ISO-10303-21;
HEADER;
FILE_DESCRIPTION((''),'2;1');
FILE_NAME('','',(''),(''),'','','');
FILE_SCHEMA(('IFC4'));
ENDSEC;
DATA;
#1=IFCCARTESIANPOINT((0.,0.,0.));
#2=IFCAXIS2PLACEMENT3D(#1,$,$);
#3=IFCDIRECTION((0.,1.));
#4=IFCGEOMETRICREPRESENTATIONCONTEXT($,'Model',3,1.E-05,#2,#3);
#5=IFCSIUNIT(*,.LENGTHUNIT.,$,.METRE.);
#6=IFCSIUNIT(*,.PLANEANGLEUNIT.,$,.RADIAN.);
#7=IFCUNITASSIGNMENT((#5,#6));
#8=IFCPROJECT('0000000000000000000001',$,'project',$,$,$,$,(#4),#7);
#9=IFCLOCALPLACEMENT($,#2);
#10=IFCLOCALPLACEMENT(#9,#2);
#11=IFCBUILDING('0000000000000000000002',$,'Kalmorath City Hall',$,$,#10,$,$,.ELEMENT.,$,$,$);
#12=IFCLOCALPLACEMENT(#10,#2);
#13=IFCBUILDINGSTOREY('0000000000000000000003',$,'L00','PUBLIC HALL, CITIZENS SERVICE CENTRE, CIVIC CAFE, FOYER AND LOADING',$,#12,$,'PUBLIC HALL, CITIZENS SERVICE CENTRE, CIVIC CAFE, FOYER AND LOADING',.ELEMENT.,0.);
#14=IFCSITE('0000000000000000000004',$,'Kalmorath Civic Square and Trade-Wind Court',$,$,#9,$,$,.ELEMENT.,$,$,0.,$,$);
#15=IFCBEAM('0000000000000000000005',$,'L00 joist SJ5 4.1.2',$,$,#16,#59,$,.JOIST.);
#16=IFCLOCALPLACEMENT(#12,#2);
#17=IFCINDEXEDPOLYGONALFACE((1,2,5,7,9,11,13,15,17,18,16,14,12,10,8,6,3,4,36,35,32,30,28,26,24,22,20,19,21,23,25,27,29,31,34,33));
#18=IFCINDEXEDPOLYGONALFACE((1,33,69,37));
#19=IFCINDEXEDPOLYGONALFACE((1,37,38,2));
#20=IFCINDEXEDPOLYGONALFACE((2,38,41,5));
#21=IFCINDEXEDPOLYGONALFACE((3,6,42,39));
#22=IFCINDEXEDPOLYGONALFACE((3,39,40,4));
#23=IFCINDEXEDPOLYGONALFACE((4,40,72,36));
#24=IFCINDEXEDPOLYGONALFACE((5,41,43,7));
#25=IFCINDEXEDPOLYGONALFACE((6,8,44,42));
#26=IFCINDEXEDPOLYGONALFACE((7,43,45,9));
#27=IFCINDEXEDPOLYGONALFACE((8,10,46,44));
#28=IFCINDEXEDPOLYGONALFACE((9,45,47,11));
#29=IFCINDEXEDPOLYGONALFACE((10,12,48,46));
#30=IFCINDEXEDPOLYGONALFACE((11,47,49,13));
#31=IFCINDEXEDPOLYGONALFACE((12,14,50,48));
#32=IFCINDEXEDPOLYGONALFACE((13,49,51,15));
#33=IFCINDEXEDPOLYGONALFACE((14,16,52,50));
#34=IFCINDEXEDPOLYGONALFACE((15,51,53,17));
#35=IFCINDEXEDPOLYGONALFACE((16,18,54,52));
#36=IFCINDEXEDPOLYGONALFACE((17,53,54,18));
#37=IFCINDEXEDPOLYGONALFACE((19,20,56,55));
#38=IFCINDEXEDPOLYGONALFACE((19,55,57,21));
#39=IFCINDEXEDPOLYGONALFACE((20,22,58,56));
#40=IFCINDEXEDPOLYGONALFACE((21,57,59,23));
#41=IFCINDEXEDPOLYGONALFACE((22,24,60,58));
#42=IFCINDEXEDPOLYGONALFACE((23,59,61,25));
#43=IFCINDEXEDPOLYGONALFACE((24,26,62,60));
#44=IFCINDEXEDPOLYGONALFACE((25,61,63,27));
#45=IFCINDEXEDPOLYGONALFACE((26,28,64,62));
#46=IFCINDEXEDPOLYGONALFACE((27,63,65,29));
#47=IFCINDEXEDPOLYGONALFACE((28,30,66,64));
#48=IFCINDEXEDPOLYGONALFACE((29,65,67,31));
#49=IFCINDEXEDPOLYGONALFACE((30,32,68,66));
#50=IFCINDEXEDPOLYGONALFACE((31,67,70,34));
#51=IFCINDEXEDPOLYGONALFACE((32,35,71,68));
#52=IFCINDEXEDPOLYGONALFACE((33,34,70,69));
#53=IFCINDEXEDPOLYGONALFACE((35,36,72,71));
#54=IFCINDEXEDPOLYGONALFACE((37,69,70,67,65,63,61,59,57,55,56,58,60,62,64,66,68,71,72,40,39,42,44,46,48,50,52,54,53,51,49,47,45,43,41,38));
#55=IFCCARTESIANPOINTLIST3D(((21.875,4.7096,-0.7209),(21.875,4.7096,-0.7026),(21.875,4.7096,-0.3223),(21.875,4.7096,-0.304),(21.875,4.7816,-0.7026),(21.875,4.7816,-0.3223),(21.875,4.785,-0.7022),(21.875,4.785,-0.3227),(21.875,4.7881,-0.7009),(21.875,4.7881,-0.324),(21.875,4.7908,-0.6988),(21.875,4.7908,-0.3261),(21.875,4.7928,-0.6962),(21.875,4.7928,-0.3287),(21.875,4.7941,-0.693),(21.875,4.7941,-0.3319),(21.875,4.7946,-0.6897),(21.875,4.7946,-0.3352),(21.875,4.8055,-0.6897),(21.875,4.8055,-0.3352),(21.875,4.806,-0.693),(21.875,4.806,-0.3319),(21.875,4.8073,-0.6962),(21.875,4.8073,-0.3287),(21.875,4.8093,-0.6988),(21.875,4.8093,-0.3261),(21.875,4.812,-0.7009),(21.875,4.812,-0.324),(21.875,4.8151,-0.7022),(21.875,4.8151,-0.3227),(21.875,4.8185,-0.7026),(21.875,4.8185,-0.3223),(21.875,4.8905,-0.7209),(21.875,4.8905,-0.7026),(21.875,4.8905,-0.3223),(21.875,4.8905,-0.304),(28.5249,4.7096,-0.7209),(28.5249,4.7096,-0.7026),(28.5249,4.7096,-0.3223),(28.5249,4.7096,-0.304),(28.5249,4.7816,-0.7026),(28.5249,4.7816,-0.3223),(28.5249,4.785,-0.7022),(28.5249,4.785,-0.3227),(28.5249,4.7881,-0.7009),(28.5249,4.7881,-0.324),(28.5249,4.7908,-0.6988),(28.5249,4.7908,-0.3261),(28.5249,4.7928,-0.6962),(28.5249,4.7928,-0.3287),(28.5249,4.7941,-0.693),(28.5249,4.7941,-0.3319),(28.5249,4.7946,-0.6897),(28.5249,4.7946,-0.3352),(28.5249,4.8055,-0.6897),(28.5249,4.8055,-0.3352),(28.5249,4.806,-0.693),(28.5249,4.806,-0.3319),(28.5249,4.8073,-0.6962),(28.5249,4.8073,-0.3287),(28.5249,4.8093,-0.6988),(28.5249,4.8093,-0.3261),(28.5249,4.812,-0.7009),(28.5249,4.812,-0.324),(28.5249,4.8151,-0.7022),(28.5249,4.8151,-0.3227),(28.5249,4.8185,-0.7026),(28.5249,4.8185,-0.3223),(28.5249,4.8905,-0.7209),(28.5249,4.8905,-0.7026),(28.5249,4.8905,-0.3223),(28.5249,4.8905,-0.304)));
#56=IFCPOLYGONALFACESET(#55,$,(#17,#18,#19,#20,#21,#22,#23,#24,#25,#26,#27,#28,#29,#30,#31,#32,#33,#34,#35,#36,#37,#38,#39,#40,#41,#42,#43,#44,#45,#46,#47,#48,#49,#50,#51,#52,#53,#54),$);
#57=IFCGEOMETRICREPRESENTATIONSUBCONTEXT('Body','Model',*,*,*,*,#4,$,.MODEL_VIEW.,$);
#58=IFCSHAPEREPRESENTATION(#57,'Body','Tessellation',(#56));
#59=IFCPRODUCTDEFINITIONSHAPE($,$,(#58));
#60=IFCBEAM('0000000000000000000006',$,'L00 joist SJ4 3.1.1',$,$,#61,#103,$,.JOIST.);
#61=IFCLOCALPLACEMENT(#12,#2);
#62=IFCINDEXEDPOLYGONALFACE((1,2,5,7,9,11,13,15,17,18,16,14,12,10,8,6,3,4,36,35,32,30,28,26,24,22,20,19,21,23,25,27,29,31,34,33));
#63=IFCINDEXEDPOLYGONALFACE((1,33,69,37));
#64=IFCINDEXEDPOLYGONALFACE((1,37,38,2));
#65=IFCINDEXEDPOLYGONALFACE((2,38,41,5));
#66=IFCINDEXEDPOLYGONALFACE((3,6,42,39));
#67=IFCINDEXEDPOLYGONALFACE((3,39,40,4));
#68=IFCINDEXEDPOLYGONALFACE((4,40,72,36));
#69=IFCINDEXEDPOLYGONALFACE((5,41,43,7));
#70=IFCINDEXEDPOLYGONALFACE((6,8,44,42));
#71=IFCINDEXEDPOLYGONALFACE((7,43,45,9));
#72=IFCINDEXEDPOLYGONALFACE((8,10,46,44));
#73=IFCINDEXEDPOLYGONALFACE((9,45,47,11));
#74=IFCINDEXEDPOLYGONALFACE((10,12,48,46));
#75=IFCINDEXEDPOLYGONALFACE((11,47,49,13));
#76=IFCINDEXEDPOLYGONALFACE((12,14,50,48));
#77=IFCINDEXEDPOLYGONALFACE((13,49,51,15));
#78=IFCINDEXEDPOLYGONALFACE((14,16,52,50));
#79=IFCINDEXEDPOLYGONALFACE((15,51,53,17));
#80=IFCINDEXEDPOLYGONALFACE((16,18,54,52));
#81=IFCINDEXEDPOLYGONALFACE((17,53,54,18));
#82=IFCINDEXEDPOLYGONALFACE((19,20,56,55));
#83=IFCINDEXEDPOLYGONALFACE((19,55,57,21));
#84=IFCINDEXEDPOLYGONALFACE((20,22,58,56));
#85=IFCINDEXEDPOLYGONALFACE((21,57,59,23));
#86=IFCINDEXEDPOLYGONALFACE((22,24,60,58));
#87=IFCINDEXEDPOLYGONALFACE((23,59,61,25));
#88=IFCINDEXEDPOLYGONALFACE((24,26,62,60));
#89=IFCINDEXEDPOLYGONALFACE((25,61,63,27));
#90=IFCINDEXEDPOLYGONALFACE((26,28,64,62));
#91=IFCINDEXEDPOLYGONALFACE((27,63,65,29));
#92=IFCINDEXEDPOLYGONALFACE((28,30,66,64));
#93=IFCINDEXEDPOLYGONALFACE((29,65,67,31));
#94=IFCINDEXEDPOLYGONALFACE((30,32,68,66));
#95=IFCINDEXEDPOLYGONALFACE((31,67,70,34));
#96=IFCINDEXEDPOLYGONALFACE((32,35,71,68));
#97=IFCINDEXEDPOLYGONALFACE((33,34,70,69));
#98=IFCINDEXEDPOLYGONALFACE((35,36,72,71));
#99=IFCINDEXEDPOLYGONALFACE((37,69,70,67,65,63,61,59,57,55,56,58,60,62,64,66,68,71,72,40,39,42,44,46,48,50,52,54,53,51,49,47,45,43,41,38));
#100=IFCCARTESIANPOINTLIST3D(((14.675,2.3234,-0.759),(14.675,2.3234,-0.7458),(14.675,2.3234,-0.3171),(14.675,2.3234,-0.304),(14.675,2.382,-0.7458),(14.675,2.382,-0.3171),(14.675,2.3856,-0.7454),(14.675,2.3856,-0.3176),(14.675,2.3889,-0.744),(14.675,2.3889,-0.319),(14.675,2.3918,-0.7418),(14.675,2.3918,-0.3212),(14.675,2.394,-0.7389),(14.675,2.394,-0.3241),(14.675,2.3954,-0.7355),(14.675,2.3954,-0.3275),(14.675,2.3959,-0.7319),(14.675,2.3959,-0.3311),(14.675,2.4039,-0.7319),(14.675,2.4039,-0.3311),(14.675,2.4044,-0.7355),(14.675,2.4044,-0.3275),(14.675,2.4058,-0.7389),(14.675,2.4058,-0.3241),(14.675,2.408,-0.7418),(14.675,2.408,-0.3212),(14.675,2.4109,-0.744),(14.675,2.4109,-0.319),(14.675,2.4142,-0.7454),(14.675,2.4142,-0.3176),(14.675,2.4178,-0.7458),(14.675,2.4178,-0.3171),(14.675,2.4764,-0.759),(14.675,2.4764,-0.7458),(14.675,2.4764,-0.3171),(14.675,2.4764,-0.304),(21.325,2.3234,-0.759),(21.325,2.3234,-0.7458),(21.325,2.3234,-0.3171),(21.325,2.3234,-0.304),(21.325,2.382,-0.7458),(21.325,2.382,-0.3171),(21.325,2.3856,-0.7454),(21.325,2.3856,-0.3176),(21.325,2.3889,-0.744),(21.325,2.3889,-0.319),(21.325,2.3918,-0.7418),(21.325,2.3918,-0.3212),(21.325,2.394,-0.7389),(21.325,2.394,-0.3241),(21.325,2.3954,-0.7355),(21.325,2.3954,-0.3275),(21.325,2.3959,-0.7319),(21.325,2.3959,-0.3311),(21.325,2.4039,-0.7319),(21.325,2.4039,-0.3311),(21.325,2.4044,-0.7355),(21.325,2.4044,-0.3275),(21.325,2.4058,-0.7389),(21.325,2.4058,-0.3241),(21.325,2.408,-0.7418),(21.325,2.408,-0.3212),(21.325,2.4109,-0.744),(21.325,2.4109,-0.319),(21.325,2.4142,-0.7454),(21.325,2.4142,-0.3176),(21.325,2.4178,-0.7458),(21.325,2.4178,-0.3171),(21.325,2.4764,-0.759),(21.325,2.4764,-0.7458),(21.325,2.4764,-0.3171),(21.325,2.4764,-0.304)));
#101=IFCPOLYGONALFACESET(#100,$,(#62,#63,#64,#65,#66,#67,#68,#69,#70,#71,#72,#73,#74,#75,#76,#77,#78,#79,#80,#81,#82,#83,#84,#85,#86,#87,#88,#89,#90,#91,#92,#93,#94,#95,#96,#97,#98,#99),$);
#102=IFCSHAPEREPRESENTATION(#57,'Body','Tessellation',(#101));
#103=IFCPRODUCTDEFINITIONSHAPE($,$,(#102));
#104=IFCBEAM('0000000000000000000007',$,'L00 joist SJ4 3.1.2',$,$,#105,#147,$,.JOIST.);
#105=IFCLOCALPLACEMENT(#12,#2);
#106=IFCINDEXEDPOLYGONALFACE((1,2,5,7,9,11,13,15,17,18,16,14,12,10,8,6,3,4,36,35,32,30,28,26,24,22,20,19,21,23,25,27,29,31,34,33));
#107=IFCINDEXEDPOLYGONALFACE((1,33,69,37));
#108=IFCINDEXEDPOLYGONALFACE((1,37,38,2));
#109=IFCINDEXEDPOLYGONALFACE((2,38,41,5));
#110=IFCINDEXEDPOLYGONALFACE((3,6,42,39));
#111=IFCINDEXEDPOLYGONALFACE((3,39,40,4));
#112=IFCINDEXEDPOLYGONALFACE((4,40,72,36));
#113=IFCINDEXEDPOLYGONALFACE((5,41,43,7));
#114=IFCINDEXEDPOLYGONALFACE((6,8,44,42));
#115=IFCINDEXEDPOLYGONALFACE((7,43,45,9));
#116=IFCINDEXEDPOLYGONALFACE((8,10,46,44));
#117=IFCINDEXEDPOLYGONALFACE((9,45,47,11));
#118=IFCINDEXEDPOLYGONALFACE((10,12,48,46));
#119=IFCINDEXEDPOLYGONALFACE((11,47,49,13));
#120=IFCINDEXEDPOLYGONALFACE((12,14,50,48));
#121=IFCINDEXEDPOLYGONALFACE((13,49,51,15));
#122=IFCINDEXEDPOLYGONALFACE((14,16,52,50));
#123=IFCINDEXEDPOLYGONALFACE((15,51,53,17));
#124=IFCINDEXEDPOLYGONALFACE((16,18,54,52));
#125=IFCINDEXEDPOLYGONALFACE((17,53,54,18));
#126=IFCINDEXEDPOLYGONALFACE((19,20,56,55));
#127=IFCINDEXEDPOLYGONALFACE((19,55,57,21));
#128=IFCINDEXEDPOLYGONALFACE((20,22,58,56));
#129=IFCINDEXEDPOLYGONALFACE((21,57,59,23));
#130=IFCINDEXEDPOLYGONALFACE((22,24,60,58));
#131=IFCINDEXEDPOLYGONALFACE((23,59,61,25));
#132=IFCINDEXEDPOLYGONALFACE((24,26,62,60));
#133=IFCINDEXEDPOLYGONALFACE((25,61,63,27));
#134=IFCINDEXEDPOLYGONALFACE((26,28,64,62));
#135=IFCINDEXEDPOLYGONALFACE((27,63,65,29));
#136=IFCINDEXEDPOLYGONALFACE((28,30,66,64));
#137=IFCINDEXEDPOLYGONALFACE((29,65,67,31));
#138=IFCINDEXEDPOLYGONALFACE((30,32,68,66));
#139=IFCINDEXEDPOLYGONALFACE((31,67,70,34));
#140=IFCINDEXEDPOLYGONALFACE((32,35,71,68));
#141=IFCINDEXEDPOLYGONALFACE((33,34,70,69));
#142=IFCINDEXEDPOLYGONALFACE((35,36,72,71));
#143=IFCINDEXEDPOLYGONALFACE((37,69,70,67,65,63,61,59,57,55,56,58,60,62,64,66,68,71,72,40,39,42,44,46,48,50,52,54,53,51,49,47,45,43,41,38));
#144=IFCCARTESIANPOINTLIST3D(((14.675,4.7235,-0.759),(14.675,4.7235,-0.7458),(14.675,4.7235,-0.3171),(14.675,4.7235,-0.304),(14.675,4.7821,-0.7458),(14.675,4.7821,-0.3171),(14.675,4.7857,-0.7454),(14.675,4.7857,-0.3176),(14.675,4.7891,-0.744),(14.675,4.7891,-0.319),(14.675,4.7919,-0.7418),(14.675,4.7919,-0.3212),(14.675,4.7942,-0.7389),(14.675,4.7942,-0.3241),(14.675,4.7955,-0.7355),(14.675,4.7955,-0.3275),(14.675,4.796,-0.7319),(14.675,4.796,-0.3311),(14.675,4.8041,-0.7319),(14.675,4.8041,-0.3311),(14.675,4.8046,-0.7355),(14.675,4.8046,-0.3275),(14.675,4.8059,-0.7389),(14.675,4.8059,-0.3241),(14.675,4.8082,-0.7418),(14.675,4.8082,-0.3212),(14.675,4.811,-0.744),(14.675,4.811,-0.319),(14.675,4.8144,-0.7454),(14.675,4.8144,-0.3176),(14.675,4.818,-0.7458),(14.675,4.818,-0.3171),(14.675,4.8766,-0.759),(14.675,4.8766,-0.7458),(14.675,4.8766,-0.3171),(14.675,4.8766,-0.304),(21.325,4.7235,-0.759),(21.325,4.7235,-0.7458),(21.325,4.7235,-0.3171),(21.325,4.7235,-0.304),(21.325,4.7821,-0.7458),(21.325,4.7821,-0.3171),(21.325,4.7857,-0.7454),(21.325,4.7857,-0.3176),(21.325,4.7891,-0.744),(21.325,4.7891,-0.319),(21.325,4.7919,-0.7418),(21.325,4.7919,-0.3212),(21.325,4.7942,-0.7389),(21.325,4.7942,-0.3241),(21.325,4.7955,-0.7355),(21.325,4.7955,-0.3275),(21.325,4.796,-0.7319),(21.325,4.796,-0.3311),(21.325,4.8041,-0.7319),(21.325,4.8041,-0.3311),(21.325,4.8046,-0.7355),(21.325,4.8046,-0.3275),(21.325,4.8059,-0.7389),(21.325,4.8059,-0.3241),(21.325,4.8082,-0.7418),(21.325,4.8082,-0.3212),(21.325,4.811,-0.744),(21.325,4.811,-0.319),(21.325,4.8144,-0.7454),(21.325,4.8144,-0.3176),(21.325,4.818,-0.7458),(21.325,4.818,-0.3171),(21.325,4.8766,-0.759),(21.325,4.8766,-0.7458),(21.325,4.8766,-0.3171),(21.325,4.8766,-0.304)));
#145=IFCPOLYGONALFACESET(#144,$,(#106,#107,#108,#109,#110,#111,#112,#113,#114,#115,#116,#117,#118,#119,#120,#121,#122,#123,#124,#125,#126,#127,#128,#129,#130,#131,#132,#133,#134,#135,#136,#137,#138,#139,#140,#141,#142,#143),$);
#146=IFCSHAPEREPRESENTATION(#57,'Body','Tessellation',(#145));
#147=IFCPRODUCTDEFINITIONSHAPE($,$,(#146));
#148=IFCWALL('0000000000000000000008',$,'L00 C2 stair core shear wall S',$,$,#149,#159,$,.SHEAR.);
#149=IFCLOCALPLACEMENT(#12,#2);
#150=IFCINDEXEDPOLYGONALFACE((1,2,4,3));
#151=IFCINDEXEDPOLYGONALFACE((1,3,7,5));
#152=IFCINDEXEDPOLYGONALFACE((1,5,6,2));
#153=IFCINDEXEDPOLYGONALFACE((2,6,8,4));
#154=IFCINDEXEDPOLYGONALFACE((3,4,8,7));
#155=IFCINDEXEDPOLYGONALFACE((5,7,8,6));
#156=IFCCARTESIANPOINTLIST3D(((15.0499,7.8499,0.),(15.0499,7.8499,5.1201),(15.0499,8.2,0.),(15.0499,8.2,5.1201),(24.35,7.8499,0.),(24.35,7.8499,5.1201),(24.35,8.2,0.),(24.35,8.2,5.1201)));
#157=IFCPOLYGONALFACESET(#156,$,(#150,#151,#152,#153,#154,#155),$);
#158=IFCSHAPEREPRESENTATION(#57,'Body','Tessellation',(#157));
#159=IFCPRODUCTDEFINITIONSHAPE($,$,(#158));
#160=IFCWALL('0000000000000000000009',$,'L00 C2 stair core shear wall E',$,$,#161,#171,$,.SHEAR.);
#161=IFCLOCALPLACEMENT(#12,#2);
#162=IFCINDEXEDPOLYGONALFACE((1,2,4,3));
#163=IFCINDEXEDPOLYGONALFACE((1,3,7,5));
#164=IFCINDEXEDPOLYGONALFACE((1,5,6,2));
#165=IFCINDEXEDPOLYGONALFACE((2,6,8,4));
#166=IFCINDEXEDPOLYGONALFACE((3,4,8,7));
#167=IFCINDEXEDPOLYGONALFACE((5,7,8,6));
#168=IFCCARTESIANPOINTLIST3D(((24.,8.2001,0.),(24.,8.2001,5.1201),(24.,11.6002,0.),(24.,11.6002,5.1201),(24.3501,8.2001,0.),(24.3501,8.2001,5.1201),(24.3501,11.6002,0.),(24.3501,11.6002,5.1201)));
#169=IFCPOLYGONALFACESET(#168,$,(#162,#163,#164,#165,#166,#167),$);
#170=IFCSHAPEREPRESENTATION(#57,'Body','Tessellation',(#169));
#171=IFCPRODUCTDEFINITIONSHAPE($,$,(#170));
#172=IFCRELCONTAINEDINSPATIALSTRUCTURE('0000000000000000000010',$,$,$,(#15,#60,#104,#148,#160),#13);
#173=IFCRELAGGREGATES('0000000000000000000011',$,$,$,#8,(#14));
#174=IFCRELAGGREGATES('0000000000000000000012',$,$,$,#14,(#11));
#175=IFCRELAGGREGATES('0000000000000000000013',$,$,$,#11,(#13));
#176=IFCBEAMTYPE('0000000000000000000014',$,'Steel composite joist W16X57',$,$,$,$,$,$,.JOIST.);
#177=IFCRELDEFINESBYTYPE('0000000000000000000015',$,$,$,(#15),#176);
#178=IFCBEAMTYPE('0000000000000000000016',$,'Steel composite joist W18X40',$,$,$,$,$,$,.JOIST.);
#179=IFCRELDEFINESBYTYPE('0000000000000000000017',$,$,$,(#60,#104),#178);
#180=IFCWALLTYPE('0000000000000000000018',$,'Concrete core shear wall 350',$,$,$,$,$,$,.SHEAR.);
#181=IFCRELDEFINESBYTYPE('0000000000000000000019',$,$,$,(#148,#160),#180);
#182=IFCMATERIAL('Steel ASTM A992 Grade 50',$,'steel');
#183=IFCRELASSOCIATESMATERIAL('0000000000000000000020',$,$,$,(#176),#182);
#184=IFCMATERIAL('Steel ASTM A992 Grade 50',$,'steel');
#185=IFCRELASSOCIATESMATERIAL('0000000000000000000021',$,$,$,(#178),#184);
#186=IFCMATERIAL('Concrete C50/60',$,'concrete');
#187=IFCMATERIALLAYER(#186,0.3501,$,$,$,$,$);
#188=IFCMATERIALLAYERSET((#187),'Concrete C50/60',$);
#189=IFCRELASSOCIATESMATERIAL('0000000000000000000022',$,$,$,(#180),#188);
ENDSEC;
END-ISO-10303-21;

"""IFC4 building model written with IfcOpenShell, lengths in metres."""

from ifc_helpers import new_model, si_unit, direction, frame, frame_2d, origin, origin_2d, place, context, subcontext, project, spatial, rectangle, i_section, extrude, material, layer, layer_set, material_profile, profile_set, type_object, element, save


model = new_model("IFC4")

# Units and contexts
model_context = context("Model", 3, precision=1e-05, world=origin(), true_north=direction((0.0, 1.0)))
body_context = subcontext(model_context, "Body", "Model", "MODEL_VIEW")
ifc_project = project(units=[si_unit("LENGTHUNIT", "METRE"), si_unit("PLANEANGLEUNIT", "RADIAN")], contexts=[model_context])

# Site, building, storey
site_placement = place(None, origin())
site = spatial("IfcSite", under=ifc_project, at=site_placement, Name="Kalmorath Civic Square and Trade-Wind Court", CompositionType="ELEMENT", RefElevation=0.0)
building_placement = place(site_placement, origin())
building = spatial("IfcBuilding", under=site, at=building_placement, Name="Kalmorath City Hall", CompositionType="ELEMENT")
storey_placement = place(building_placement, origin())
storey = spatial("IfcBuildingStorey", under=building, at=storey_placement, Name="L00", Description="PUBLIC HALL, CITIZENS SERVICE CENTRE, CIVIC CAFE, FOYER AND LOADING", LongName="PUBLIC HALL, CITIZENS SERVICE CENTRE, CIVIC CAFE, FOYER AND LOADING", CompositionType="ELEMENT", Elevation=0.0)

# Beams
ifc_material_1 = material(Name="Steel ASTM A992 Grade 50", Category="steel")
ifc_material_profile_1 = material_profile(ifc_material_1, i_section(OverallWidth=0.1809, OverallDepth=0.417, WebThickness=0.011, FlangeThickness=0.0183, FilletRadius=0.0129, at=origin_2d()), Name="W16X57")
ifc_profile_set_1 = profile_set([ifc_material_profile_1], Name="Steel ASTM A992 Grade 50")
beam_type_1 = type_object("IfcBeamType", Name="Steel composite joist W16X57", PredefinedType="JOIST", material=ifc_profile_set_1)
for number, where, z_axis, x_axis, name in (
    (1, (21.875, 4.8, -0.5125), (1.0, 0.0, 0.0), (0.0, 1.0, 0.0), "L00 joist SJ5 4.1.2"),
):
    element("IfcBeam", number, at=place(storey_placement, frame(where, z_axis=z_axis, x_axis=x_axis)), inside=storey, type_object=beam_type_1, Name=name, PredefinedType="JOIST", context=body_context, shape_type="SweptSolid", body=[
        extrude(i_section(OverallWidth=0.1809, OverallDepth=0.417, WebThickness=0.011, FlangeThickness=0.0183, FilletRadius=0.0129, at=origin_2d()), origin(), (0.0, 0.0, 1.0), 6.6499),
    ])
ifc_material_2 = material(Name="Steel ASTM A992 Grade 50", Category="steel")
ifc_material_profile_2 = material_profile(ifc_material_2, i_section(OverallWidth=0.1531, OverallDepth=0.4551, WebThickness=0.0081, FlangeThickness=0.0132, FilletRadius=0.0139, at=origin_2d()), Name="W18X40")
ifc_profile_set_2 = profile_set([ifc_material_profile_2], Name="Steel ASTM A992 Grade 50")
beam_type_2 = type_object("IfcBeamType", Name="Steel composite joist W18X40", PredefinedType="JOIST", material=ifc_profile_set_2)
for number, where, z_axis, x_axis, name in (
    (2, (14.675, 2.3999, -0.5315), (1.0, 0.0, 0.0), (0.0, 1.0, 0.0), "L00 joist SJ4 3.1.1"),
    (3, (14.675, 4.8, -0.5315), (1.0, 0.0, 0.0), (0.0, 1.0, 0.0), "L00 joist SJ4 3.1.2"),
):
    element("IfcBeam", number, at=place(storey_placement, frame(where, z_axis=z_axis, x_axis=x_axis)), inside=storey, type_object=beam_type_2, Name=name, PredefinedType="JOIST", context=body_context, shape_type="SweptSolid", body=[
        extrude(i_section(OverallWidth=0.1531, OverallDepth=0.4551, WebThickness=0.0081, FlangeThickness=0.0132, FilletRadius=0.0139, at=origin_2d()), origin(), (0.0, 0.0, 1.0), 6.6499),
    ])

# Walls
ifc_material_3 = material(Name="Concrete C50/60", Category="concrete")
ifc_layer_1 = layer(ifc_material_3, 0.3501)
ifc_layer_set_1 = layer_set([ifc_layer_1], Name="Concrete C50/60")
wall_type_1 = type_object("IfcWallType", Name="Concrete core shear wall 350", PredefinedType="SHEAR", material=ifc_layer_set_1)
wall_1_placement = place(storey_placement, frame((15.05, 8.0249, 0.0), z_axis=(0.0, 0.0, 1.0), x_axis=(1.0, 0.0, 0.0)))
element("IfcWall", 4, at=wall_1_placement, inside=storey, type_object=wall_type_1, Name="L00 C2 stair core shear wall S", PredefinedType="SHEAR", context=body_context, shape_type="SweptSolid", body=[
    extrude(rectangle(XDim=9.3, YDim=0.3501, at=frame_2d((4.6499, 0.0))), origin(), (0.0, 0.0, 1.0), 5.1201),
])
wall_2_placement = place(storey_placement, frame((24.175, 8.2, 0.0), z_axis=(0.0, 0.0, 1.0), x_axis=(0.0, 1.0, 0.0)))
element("IfcWall", 5, at=wall_2_placement, inside=storey, type_object=wall_type_1, Name="L00 C2 stair core shear wall E", PredefinedType="SHEAR", context=body_context, shape_type="SweptSolid", body=[
    extrude(rectangle(XDim=3.4001, YDim=0.3501, at=frame_2d((1.7002, 0.0))), origin(), (0.0, 0.0, 1.0), 5.1201),
])

save(model, "model.ifc")
